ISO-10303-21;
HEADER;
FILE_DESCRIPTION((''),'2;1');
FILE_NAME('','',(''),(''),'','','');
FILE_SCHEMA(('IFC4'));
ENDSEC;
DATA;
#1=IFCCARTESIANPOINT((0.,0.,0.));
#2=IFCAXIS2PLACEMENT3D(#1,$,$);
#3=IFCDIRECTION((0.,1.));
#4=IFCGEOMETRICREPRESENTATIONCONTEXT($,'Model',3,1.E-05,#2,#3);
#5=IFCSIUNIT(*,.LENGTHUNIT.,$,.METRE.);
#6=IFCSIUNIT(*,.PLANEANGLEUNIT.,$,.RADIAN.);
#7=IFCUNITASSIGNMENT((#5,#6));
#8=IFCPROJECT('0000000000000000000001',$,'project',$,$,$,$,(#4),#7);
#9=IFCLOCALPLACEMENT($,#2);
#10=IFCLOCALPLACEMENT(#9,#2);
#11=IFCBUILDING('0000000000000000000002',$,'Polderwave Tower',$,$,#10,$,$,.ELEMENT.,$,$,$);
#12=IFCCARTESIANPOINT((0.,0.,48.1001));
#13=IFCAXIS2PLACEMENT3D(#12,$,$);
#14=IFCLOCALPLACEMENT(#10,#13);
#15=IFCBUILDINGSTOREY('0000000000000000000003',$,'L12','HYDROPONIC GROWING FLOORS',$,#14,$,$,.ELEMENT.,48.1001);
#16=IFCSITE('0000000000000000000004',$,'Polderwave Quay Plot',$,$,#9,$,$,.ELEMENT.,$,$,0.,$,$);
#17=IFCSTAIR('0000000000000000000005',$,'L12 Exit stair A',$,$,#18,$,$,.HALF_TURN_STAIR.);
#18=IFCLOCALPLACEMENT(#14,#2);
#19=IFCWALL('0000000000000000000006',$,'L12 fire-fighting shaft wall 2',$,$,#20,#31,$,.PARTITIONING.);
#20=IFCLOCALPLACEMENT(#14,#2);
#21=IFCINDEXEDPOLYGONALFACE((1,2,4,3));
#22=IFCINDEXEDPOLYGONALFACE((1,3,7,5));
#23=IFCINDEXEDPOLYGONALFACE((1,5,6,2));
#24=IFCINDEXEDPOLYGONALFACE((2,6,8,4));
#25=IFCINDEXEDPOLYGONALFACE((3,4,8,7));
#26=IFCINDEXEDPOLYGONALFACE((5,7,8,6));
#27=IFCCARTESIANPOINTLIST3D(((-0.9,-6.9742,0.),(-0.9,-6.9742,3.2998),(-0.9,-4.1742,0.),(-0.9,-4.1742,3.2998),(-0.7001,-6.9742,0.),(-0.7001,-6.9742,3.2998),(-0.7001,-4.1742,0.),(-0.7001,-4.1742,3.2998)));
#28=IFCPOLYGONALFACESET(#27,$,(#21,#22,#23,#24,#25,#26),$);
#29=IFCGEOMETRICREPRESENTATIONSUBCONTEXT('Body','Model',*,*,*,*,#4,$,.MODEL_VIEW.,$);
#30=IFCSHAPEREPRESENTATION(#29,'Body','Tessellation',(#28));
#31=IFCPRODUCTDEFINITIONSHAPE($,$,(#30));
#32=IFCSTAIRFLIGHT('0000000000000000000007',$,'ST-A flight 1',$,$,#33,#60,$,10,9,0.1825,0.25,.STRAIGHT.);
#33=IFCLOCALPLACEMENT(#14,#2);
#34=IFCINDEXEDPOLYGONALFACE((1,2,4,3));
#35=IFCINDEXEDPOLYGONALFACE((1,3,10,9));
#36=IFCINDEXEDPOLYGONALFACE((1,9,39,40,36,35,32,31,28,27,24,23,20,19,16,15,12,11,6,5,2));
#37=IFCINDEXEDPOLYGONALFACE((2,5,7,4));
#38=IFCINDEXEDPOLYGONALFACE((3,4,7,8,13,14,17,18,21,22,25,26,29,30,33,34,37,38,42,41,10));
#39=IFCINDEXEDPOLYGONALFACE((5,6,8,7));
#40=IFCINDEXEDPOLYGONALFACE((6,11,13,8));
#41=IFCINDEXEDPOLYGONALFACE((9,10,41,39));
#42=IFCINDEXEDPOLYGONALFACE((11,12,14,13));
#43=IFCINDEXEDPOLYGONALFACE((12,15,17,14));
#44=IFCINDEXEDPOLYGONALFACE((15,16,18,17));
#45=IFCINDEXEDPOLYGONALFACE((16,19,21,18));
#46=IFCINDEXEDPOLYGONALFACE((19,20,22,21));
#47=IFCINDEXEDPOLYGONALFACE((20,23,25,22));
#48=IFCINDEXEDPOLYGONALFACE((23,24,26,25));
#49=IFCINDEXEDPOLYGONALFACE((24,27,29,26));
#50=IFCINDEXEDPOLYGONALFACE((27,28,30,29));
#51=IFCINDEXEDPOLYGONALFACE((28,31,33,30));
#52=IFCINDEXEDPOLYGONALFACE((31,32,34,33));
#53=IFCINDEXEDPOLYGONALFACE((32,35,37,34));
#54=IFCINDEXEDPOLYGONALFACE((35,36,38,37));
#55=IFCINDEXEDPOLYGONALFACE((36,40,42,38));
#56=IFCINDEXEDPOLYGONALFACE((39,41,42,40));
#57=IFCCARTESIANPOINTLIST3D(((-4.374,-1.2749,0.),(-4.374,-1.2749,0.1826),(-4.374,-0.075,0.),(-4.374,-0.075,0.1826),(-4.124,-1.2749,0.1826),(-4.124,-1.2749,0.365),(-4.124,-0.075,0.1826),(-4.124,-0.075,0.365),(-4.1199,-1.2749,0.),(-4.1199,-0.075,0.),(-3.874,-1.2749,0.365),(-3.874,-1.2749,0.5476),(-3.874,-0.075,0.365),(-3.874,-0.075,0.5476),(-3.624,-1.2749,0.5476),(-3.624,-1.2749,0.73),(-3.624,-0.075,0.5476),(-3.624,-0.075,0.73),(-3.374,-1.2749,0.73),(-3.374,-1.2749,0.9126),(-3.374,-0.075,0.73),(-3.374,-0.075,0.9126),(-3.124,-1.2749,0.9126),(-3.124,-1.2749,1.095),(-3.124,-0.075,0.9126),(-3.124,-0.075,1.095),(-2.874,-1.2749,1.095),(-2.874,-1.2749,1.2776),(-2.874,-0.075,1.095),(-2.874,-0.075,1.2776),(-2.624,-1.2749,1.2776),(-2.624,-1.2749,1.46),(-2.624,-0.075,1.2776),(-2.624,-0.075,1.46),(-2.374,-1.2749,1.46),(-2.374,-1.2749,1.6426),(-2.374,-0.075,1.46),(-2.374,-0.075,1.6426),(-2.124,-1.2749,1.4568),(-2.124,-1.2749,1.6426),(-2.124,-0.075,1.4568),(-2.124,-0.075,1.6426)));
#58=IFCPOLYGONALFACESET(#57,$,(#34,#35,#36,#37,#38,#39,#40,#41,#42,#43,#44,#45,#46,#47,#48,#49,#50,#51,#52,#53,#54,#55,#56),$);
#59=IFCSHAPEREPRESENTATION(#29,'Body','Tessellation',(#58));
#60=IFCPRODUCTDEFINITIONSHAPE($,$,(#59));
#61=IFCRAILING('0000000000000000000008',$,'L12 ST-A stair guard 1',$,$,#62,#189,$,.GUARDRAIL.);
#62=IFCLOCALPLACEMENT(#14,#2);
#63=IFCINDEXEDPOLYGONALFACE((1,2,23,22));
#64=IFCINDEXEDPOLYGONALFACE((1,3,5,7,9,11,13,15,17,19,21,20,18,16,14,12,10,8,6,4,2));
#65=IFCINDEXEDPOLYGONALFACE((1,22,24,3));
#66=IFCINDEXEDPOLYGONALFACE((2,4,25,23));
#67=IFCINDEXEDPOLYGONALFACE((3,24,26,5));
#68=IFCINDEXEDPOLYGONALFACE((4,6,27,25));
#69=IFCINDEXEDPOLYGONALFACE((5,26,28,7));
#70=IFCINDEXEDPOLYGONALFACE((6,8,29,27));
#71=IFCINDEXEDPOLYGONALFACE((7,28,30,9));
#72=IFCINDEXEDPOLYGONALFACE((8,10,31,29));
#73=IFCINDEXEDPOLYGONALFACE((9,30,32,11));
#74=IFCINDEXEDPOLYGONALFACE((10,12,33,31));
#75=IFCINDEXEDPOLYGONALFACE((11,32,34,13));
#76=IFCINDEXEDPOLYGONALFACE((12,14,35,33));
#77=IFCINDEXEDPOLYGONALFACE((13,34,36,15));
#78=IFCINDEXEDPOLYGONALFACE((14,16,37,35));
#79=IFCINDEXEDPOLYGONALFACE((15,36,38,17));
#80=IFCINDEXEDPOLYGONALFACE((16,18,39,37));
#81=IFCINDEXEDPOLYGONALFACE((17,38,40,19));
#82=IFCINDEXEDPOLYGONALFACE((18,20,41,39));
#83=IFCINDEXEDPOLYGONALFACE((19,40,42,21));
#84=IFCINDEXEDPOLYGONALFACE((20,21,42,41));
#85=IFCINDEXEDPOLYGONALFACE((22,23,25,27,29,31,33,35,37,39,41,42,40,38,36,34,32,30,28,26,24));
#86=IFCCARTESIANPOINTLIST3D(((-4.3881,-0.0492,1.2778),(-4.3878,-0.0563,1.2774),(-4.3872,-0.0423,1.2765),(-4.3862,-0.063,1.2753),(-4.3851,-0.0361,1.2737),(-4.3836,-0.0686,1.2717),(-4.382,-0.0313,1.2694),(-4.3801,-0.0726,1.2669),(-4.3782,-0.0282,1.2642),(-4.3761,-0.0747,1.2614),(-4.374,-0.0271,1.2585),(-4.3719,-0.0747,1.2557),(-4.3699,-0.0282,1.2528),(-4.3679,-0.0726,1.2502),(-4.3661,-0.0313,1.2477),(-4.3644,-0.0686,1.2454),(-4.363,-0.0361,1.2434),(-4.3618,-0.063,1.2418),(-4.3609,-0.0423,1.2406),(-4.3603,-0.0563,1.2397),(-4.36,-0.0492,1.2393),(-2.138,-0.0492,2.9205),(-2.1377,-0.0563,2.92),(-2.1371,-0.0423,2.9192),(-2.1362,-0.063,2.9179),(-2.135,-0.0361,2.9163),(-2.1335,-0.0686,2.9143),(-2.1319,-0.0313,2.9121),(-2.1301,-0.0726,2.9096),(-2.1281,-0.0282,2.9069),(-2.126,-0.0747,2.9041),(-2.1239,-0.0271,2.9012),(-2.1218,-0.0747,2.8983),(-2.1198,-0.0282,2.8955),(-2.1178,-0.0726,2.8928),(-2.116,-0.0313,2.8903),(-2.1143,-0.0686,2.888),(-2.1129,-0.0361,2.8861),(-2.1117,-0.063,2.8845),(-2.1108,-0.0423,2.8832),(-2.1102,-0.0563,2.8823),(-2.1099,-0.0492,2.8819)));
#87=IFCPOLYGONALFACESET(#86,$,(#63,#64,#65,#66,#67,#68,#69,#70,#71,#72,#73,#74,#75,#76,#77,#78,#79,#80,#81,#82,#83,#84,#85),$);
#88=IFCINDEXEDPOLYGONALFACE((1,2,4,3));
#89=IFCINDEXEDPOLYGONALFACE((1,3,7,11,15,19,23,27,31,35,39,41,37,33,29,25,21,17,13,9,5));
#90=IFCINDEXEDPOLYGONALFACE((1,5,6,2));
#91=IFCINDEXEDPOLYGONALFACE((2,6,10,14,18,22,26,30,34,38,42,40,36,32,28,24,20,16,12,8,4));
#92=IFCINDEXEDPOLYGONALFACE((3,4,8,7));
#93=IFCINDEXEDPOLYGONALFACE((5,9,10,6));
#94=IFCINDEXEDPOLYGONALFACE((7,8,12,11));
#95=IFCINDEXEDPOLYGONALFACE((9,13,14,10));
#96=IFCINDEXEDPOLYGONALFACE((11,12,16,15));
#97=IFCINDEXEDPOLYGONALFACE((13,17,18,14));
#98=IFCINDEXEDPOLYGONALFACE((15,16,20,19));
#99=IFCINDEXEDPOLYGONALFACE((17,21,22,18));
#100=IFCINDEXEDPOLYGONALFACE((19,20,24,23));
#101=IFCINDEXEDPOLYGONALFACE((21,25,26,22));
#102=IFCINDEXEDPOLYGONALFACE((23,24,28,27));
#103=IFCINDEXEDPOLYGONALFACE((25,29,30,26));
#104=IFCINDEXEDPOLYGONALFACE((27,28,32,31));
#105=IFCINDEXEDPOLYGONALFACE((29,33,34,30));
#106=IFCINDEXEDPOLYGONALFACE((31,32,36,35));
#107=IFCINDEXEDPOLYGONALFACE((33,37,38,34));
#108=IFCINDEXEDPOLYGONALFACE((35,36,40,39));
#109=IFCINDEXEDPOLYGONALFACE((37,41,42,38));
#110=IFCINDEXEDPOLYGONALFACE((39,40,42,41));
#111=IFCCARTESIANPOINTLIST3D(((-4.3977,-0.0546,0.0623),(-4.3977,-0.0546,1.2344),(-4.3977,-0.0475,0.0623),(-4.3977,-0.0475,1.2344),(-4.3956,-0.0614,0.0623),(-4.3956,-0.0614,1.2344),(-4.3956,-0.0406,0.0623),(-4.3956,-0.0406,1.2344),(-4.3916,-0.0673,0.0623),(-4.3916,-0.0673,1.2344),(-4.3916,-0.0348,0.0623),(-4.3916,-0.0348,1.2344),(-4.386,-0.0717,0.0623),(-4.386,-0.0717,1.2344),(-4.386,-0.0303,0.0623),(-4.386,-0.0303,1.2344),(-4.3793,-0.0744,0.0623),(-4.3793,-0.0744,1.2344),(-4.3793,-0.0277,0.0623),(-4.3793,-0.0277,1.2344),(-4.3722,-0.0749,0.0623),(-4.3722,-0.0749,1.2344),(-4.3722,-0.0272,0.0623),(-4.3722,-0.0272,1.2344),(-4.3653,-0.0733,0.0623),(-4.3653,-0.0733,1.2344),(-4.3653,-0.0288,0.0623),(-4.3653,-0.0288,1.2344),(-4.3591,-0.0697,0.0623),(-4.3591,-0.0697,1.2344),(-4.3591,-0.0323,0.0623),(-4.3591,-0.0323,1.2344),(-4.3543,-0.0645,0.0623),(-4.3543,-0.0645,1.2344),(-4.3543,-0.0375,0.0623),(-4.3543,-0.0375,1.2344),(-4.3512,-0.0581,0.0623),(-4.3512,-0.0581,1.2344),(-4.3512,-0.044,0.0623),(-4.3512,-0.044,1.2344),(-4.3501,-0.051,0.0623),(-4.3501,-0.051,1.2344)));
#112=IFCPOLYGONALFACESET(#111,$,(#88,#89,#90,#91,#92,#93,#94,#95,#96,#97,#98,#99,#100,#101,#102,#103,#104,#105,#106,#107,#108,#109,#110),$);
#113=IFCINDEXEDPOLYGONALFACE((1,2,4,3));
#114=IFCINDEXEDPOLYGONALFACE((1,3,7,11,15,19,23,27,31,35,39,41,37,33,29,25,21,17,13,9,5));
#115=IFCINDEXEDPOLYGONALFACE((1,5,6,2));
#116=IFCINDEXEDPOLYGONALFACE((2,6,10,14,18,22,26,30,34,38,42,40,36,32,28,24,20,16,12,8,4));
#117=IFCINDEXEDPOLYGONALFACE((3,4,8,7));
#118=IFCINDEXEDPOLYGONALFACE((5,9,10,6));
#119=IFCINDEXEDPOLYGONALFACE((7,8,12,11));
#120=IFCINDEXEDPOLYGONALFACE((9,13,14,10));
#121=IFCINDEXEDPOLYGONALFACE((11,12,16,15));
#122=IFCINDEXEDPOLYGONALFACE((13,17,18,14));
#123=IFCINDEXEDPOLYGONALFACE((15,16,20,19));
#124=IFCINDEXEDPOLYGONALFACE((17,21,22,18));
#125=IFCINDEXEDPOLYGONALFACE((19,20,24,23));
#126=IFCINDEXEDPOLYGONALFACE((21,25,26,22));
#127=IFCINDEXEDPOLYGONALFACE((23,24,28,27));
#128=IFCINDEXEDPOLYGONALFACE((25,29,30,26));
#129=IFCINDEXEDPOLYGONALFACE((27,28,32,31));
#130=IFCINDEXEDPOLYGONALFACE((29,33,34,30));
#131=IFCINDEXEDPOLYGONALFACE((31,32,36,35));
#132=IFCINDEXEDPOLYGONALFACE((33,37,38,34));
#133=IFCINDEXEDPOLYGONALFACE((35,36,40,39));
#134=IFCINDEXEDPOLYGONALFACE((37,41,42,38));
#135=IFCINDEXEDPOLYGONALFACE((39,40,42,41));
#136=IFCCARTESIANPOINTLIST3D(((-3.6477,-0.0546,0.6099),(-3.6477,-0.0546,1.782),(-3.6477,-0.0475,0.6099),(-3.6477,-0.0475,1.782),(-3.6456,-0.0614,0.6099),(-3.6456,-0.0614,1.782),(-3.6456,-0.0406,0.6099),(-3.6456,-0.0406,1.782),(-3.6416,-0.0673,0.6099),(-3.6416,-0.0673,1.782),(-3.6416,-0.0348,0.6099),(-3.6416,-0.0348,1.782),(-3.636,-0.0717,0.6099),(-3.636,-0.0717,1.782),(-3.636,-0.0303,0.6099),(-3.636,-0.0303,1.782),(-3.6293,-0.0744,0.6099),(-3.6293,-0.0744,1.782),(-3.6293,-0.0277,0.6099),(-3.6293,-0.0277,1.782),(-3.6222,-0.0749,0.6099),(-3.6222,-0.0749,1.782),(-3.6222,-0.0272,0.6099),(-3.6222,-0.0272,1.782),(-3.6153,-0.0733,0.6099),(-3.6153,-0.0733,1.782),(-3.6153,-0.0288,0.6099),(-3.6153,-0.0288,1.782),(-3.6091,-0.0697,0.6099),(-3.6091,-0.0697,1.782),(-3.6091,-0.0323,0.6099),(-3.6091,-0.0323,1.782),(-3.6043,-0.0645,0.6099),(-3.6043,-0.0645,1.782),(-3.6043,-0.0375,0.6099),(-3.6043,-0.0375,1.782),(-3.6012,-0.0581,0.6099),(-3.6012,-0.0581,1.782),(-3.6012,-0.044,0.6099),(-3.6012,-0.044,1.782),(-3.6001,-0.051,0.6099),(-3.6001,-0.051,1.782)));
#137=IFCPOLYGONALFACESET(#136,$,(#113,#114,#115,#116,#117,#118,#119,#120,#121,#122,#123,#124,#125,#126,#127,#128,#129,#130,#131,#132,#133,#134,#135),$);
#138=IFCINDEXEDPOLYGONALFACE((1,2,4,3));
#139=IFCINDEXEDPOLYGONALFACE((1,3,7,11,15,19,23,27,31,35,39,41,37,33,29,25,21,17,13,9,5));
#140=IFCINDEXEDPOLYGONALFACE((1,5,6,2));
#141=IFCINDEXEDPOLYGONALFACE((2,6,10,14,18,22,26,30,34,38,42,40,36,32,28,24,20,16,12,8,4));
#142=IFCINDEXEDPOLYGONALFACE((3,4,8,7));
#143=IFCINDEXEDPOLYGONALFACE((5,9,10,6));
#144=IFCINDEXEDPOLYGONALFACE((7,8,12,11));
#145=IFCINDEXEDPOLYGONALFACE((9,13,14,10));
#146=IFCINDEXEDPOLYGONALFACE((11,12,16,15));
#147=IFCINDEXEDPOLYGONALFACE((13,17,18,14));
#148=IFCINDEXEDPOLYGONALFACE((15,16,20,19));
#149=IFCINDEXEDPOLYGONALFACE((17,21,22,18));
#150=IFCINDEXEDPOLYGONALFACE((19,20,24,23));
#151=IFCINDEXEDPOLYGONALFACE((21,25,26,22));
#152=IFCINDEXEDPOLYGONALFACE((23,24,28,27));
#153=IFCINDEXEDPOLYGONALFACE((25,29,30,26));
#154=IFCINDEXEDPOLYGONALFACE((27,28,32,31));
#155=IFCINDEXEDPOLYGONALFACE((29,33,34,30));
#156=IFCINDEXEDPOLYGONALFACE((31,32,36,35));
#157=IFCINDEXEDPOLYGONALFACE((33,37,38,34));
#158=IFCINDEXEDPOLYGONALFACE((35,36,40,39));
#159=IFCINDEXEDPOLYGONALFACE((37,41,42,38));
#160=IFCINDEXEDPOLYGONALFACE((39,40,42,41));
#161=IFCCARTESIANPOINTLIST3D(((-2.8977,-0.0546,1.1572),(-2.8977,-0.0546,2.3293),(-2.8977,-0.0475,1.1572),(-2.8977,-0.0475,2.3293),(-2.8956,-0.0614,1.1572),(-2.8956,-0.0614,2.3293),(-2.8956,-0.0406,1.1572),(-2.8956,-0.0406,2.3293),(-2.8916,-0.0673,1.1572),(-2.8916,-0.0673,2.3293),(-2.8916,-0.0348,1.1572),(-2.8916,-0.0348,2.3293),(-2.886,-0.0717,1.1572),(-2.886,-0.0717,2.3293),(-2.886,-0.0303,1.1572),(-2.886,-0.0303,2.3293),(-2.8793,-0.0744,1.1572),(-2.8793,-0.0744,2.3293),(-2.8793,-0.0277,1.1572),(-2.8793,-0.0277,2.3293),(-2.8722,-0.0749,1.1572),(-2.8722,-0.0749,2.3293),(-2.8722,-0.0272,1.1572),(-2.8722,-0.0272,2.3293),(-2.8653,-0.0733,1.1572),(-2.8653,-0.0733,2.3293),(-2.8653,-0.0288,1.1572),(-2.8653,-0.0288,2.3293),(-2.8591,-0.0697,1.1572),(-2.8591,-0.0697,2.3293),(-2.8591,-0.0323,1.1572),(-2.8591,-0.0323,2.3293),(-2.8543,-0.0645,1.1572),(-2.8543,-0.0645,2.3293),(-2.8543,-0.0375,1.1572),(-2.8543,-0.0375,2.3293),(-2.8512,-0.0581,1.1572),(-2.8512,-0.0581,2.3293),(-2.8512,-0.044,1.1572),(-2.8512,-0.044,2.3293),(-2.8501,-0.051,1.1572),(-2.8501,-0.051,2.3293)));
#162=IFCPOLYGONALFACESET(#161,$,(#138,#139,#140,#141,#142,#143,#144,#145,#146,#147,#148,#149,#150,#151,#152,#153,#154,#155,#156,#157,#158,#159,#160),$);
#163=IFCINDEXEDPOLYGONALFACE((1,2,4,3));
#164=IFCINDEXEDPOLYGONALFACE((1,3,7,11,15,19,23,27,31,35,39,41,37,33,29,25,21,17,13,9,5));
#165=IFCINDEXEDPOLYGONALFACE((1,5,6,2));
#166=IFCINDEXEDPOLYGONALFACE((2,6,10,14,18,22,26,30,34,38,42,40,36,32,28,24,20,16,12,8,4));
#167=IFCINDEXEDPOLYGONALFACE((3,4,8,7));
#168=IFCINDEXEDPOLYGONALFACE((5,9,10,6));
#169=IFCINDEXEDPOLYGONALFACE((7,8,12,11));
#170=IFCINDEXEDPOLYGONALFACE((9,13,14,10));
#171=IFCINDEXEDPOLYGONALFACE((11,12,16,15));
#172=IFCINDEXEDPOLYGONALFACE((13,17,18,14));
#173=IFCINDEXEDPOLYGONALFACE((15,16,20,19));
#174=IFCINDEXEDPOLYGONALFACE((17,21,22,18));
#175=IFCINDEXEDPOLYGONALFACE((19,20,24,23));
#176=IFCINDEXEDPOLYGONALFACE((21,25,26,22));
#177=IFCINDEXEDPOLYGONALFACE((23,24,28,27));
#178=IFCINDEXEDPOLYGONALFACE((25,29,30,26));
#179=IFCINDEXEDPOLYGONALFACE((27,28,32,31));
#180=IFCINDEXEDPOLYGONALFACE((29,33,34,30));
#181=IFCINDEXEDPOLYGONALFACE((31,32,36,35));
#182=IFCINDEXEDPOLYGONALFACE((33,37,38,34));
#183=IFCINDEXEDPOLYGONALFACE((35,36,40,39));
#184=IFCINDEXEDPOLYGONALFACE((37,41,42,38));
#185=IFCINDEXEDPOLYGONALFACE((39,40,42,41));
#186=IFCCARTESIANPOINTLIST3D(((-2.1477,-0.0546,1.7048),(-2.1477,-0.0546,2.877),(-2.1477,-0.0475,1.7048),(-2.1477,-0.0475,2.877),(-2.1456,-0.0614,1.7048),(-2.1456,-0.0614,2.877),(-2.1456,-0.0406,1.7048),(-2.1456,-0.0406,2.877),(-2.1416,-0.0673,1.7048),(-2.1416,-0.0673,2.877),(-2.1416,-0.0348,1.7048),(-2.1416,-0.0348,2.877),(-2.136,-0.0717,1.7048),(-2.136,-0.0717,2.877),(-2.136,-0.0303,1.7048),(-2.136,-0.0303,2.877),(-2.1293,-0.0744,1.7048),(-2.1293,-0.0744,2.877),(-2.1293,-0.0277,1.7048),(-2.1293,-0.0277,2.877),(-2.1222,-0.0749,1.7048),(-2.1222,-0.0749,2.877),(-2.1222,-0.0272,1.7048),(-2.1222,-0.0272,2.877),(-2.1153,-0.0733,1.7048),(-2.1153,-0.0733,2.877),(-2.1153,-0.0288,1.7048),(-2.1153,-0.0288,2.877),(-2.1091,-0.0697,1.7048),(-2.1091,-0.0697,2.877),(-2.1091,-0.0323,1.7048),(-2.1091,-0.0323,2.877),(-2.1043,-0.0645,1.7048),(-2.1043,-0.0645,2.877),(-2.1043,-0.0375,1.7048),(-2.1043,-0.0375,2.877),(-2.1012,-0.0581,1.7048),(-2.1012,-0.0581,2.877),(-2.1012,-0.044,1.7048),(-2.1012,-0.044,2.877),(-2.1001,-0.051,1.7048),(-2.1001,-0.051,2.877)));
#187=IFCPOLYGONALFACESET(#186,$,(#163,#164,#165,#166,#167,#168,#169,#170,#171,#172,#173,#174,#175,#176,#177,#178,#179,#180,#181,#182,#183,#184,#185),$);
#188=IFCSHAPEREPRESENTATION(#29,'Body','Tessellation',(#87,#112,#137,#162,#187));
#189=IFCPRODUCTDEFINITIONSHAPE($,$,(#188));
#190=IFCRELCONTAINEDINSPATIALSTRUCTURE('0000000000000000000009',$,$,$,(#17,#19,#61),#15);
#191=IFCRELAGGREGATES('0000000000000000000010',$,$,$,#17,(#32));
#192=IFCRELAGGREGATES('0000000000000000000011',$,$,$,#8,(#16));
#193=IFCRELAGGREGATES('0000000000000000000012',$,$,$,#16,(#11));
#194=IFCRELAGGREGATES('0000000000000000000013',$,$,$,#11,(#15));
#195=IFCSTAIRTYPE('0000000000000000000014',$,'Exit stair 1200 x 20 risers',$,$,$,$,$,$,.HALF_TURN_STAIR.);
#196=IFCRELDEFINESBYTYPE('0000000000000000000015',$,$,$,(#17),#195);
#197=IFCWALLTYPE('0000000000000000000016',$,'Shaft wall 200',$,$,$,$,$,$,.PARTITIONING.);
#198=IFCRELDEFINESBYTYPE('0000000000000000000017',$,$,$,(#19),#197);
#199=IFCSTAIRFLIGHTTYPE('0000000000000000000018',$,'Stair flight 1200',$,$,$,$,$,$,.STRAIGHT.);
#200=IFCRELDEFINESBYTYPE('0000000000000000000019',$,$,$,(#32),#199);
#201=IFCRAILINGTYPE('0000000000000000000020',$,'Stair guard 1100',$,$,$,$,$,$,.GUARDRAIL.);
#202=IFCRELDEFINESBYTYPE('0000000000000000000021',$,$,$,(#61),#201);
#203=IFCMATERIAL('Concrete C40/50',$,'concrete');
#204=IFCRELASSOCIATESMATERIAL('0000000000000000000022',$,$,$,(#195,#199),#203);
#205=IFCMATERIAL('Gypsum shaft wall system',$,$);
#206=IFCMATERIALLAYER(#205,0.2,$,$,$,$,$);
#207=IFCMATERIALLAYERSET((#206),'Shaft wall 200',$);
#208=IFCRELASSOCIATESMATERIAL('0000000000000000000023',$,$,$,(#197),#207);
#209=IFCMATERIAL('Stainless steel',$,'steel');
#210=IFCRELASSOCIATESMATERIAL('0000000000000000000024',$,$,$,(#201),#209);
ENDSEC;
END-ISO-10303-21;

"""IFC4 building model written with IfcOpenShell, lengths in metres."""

from ifc_helpers import new_model, si_unit, direction, frame, frame_2d, origin, origin_2d, place, context, subcontext, project, spatial, polyline, rectangle, circle, outline, extrude, material, layer, layer_set, type_object, element, aggregate, save


model = new_model("IFC4")

# Units and contexts
model_context = context("Model", 3, precision=1e-05, world=origin(), true_north=direction((0.0, 1.0)))
body_context = subcontext(model_context, "Body", "Model", "MODEL_VIEW")
ifc_project = project(units=[si_unit("LENGTHUNIT", "METRE"), si_unit("PLANEANGLEUNIT", "RADIAN")], contexts=[model_context])

# Site, building, storey
site_placement = place(None, origin())
site = spatial("IfcSite", under=ifc_project, at=site_placement, Name="Polderwave Quay Plot", CompositionType="ELEMENT", RefElevation=0.0)
building_placement = place(site_placement, origin())
building = spatial("IfcBuilding", under=site, at=building_placement, Name="Polderwave Tower", CompositionType="ELEMENT")
storey_placement = place(building_placement, frame((0.0, 0.0, 48.1001)))
storey = spatial("IfcBuildingStorey", under=building, at=storey_placement, Name="L12", Description="HYDROPONIC GROWING FLOORS", CompositionType="ELEMENT", Elevation=48.1001)

# Shared definitions
ifc_material_1 = material(Name="Concrete C40/50", Category="concrete")

# Stair
stair_type = type_object("IfcStairType", Name="Exit stair 1200 x 20 risers", PredefinedType="HALF_TURN_STAIR", material=ifc_material_1)
stair_placement = place(storey_placement, origin())
stair = element("IfcStair", 1, at=stair_placement, inside=storey, type_object=stair_type, Name="L12 Exit stair A", PredefinedType="HALF_TURN_STAIR")

# Wall
ifc_material_2 = material(Name="Gypsum shaft wall system")
ifc_layer_1 = layer(ifc_material_2, 0.2)
ifc_layer_set_1 = layer_set([ifc_layer_1], Name="Shaft wall 200")
wall_type_1 = type_object("IfcWallType", Name="Shaft wall 200", PredefinedType="PARTITIONING", material=ifc_layer_set_1)
for number, where, z_axis, x_axis, name in (
    (2, (-0.8, -6.9741, 0.0), (0.0, 0.0, 1.0), (0.0, 1.0, 0.0), "L12 fire-fighting shaft wall 2"),
):
    element("IfcWall", number, at=place(storey_placement, frame(where, z_axis=z_axis, x_axis=x_axis)), inside=storey, type_object=wall_type_1, Name=name, PredefinedType="PARTITIONING", context=body_context, shape_type="SweptSolid", body=[
        extrude(rectangle(XDim=2.8, YDim=0.2, at=frame_2d((1.3999, 0.0))), origin(), (0.0, 0.0, 1.0), 3.2998),
    ])

# Stair flight
stair_flight_type = type_object("IfcStairFlightType", Name="Stair flight 1200", PredefinedType="STRAIGHT", material=ifc_material_1)
stair_flight_placement = place(storey_placement, frame((-4.374, -0.675, 0.0), z_axis=(0.0, 0.0, 1.0), x_axis=(1.0, 0.0, 0.0)))
stair_flight = element("IfcStairFlight", 3, at=stair_flight_placement, type_object=stair_flight_type, Name="ST-A flight 1", NumberOfRisers=10, NumberOfTreads=9, PredefinedType="STRAIGHT", RiserHeight=0.1825, TreadLength=0.25, context=body_context, shape_type="SweptSolid", body=[
    extrude(outline(polyline([(0.0, 0.0), (0.0, 0.1826), (0.25, 0.1826), (0.25, 0.365), (0.5, 0.365), (0.5, 0.5476), (0.75, 0.5476), (0.75, 0.73), (1.0, 0.73), (1.0, 0.9126), (1.25, 0.9126), (1.25, 1.095), (1.5, 1.095), (1.5, 1.2776), (1.75, 1.2776), (1.75, 1.46), (2.0, 1.46), (2.0, 1.6426), (2.25, 1.6426), (2.25, 1.825), (2.25, 1.4568), (0.2542, 0.0), (0.0, 0.0)])), frame((0.0, 0.6001, 0.0), z_axis=(0.0, -1.0, 0.0), x_axis=(1.0, 0.0, 0.0)), (0.0, 0.0, 1.0), 1.2),
])
aggregate(stair, [stair_flight])

# Railing
ifc_material_3 = material(Name="Stainless steel", Category="steel")
railing_type = type_object("IfcRailingType", Name="Stair guard 1100", PredefinedType="GUARDRAIL", material=ifc_material_3)
railing_1_placement = place(storey_placement, frame((-4.374, -0.051, 0.0623)))
element("IfcRailing", 4, at=railing_1_placement, inside=storey, type_object=railing_type, Name="L12 ST-A stair guard 1", PredefinedType="GUARDRAIL", context=body_context, shape_type="SweptSolid", body=[
    extrude(circle(Radius=0.0239, at=origin_2d()), frame((0.0, 0.0, 1.1963), z_axis=(0.807674, 0.0, 0.58963), x_axis=(0.0, 1.0, 0.0)), (0.0, 0.0, 1.0), 2.7859),
    extrude(circle(Radius=0.0239, at=origin_2d()), origin(), (0.0, 0.0, 1.0), 1.1721),
    extrude(circle(Radius=0.0239, at=origin_2d()), frame((0.75, 0.0, 0.5476)), (0.0, 0.0, 1.0), 1.1721),
    extrude(circle(Radius=0.0239, at=origin_2d()), frame((1.5, 0.0, 1.095)), (0.0, 0.0, 1.0), 1.1721),
    extrude(circle(Radius=0.0239, at=origin_2d()), frame((2.25, 0.0, 1.6426)), (0.0, 0.0, 1.0), 1.1721),
])

save(model, "model.ifc")
